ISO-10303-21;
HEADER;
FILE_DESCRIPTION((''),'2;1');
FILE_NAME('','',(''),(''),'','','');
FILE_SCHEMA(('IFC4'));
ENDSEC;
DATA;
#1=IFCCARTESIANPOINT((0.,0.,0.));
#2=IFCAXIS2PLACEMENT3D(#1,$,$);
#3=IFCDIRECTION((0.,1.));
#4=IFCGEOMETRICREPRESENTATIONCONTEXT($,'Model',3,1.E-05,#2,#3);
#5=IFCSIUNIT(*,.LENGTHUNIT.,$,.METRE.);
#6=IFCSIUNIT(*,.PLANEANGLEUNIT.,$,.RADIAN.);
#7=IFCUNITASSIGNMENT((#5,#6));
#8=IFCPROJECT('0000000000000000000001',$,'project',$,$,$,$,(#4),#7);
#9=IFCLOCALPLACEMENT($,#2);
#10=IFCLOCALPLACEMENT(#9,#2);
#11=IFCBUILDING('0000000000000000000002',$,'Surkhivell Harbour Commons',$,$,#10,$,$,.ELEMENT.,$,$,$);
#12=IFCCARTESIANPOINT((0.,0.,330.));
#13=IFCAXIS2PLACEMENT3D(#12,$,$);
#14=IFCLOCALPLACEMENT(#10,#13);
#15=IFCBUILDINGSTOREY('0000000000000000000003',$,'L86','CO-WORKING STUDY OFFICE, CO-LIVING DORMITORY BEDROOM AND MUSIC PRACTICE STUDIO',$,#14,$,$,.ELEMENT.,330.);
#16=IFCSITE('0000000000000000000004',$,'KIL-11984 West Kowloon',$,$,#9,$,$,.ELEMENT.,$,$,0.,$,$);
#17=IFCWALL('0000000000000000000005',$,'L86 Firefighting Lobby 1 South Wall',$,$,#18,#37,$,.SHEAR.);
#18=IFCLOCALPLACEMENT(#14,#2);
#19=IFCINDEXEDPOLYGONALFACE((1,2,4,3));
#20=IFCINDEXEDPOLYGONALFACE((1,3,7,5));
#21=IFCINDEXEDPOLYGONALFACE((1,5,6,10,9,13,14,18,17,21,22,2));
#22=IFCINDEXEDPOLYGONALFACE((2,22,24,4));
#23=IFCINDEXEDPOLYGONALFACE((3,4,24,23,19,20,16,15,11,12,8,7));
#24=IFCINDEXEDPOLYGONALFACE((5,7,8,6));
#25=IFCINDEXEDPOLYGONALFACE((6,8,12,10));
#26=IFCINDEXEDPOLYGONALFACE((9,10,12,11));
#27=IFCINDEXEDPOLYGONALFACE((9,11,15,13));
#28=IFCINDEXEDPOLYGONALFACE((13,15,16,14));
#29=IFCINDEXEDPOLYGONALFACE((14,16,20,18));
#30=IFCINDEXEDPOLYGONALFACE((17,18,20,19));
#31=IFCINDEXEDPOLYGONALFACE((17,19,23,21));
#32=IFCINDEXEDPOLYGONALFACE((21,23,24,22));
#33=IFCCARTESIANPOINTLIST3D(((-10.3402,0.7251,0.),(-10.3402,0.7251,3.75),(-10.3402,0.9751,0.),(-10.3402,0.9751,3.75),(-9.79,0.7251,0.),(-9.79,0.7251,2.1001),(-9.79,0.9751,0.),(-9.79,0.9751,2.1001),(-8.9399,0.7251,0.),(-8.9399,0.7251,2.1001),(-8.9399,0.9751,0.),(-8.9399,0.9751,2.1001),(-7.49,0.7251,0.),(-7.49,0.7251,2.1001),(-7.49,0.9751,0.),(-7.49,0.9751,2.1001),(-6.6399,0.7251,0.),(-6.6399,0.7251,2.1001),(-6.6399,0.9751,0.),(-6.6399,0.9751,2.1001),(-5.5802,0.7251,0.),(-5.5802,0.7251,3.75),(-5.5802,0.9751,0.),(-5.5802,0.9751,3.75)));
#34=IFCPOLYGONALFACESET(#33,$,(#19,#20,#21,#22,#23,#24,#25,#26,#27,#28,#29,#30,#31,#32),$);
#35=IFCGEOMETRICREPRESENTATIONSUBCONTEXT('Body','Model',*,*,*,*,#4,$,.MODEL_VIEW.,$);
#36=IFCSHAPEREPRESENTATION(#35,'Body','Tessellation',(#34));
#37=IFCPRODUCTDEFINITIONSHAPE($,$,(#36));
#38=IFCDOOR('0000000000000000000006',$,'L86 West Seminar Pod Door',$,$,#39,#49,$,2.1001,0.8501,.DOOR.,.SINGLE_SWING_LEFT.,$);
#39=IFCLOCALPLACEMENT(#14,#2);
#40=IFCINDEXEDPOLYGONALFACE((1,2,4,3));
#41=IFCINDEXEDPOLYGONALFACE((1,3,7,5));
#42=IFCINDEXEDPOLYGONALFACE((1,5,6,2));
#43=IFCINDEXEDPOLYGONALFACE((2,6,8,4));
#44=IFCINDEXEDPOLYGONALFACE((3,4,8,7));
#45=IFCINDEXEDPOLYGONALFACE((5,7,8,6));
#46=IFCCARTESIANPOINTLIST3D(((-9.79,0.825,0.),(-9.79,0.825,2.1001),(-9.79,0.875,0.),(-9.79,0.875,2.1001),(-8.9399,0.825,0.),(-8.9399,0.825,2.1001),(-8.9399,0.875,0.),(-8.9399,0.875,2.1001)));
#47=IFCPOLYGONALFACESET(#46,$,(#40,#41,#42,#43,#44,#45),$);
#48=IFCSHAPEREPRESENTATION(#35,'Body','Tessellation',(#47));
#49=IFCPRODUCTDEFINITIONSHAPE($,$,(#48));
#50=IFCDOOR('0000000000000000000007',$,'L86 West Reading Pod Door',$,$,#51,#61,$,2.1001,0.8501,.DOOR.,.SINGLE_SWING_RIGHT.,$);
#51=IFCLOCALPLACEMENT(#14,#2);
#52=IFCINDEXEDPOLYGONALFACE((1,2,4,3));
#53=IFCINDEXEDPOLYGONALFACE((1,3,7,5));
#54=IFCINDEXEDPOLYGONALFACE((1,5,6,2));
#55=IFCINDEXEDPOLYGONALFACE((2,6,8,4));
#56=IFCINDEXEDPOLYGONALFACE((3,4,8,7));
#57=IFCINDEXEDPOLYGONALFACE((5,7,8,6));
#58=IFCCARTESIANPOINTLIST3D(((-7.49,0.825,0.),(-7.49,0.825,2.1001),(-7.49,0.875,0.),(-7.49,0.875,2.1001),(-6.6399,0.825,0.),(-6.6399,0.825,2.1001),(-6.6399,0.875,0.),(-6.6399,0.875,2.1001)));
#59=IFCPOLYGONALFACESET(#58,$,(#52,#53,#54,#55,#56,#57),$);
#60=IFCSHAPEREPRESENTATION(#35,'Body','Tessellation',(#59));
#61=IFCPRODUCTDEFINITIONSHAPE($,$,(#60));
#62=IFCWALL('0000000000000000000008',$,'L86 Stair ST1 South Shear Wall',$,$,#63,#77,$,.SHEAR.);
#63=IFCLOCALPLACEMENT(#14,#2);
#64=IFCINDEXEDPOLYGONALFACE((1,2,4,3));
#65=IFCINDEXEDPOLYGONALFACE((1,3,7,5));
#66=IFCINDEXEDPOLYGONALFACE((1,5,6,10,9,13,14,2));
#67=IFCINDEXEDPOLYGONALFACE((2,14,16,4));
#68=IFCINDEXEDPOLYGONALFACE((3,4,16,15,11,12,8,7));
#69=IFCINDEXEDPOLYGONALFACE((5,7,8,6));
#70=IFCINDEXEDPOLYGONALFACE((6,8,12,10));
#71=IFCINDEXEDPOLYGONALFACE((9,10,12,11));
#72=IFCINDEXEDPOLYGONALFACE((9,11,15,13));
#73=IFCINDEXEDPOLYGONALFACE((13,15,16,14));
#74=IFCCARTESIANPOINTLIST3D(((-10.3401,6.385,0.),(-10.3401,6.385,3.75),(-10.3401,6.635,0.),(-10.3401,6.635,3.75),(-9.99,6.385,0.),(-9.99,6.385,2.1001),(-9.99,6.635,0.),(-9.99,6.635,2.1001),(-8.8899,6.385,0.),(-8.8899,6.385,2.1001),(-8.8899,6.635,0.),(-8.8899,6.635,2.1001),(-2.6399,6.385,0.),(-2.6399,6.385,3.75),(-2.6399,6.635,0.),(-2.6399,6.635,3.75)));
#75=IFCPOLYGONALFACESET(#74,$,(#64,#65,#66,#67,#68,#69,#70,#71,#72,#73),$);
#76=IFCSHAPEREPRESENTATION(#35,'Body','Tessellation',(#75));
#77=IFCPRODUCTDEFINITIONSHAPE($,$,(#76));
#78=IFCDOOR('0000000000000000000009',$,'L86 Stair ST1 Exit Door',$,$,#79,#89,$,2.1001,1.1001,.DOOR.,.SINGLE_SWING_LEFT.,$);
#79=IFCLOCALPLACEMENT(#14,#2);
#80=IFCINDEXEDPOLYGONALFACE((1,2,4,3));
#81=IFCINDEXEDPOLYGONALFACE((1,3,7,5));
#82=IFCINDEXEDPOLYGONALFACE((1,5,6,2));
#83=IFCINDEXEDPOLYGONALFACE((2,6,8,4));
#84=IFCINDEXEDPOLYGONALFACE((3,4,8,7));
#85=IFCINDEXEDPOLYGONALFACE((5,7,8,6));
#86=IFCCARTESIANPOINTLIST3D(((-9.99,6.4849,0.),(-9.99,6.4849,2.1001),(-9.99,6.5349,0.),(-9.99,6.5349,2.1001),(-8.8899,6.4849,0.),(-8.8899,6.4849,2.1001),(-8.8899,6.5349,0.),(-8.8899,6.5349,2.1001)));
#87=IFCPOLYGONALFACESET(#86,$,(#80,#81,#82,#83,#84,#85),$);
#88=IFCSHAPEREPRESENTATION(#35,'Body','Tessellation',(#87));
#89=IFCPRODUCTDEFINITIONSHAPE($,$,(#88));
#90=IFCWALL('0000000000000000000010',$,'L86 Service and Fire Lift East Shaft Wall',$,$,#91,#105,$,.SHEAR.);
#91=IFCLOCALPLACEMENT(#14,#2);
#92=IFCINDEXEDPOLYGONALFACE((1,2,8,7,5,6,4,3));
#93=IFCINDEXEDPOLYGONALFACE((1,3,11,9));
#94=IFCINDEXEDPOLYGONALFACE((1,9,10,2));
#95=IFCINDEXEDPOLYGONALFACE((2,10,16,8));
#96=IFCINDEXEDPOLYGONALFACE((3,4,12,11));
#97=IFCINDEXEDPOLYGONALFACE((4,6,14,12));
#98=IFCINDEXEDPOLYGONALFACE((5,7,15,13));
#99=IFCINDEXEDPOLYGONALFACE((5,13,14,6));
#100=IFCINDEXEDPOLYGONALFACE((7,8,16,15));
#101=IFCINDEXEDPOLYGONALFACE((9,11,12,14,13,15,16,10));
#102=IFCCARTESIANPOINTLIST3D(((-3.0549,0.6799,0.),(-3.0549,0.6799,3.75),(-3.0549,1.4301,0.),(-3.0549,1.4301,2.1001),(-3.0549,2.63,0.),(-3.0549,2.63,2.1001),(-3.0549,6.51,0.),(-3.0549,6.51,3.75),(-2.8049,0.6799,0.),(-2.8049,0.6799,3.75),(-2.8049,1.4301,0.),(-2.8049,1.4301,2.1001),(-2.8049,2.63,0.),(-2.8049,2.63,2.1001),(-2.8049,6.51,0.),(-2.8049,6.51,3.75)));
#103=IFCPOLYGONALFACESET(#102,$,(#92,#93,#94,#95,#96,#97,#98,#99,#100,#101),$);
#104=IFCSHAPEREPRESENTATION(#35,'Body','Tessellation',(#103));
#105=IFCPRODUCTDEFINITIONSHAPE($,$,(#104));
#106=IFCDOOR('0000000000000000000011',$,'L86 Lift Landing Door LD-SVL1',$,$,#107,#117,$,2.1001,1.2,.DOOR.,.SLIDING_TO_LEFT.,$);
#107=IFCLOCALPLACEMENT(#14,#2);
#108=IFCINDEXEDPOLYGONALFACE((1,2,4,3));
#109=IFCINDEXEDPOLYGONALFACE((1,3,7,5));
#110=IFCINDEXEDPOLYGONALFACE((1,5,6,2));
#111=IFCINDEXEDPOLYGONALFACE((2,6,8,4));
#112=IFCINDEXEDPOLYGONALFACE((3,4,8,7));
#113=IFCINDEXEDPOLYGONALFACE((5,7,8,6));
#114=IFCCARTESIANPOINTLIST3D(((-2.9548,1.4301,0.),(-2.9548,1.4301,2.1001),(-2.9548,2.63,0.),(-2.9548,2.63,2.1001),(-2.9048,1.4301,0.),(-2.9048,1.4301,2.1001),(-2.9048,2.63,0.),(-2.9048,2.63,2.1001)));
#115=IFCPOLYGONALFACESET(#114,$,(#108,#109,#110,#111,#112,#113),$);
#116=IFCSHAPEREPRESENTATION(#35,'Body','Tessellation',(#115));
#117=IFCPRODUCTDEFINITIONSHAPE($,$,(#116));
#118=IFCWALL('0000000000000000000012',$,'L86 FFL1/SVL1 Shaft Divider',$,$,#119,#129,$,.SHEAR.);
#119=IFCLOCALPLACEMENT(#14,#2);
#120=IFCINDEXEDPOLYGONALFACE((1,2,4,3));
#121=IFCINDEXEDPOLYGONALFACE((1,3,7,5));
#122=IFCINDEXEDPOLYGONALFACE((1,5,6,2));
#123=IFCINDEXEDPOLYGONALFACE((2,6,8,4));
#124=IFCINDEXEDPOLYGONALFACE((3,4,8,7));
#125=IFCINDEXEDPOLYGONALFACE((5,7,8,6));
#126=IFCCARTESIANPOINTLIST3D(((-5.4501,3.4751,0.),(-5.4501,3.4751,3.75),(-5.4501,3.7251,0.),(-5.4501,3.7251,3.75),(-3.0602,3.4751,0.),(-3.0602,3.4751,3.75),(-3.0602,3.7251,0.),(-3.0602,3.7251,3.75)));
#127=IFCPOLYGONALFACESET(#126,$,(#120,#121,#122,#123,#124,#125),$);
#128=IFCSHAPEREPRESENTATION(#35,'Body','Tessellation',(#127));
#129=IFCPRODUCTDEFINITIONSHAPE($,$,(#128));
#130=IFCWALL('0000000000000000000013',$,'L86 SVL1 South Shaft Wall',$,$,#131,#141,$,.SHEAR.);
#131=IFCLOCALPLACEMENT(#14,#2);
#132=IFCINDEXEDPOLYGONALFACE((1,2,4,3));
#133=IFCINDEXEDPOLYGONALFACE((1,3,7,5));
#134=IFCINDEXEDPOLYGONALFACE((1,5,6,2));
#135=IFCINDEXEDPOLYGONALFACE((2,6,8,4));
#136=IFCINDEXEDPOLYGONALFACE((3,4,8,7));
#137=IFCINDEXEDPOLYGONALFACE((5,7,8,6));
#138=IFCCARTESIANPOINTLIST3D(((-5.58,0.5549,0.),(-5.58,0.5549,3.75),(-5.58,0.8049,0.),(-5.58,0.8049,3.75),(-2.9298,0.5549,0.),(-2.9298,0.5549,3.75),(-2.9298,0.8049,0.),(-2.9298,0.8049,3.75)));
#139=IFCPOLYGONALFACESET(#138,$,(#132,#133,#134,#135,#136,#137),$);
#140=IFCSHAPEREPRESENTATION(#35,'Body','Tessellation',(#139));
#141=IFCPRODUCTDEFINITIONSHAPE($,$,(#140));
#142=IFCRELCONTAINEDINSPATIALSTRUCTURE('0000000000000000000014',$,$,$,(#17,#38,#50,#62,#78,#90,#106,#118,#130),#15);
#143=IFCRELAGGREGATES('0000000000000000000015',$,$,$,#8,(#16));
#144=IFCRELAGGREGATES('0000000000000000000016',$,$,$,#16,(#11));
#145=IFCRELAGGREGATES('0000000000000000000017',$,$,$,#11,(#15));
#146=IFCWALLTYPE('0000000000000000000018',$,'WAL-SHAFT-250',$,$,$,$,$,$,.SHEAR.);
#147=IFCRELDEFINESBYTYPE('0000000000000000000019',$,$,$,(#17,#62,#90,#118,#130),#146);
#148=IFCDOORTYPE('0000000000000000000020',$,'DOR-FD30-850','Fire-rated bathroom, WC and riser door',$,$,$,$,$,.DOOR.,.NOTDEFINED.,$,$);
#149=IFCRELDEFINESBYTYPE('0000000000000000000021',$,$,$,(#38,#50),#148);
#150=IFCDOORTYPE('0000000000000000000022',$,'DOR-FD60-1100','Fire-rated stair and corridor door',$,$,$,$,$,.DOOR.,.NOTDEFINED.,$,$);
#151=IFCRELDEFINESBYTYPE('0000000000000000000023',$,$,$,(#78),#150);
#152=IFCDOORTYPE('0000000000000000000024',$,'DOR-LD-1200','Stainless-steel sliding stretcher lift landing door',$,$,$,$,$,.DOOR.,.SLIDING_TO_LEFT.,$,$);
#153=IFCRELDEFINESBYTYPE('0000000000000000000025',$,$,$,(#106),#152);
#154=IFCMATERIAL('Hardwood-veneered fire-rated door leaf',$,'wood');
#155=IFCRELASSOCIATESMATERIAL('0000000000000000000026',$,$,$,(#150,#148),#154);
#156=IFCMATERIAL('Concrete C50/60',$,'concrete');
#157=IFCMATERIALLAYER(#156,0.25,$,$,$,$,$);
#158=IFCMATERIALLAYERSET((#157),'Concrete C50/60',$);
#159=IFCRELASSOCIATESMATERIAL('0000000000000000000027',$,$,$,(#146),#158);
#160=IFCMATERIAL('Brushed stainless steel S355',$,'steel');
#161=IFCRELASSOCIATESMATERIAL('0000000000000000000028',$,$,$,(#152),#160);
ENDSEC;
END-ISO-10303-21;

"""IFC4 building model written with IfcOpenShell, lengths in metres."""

from ifc_helpers import new_model, si_unit, direction, frame, frame_2d, origin, place, context, subcontext, project, spatial, rectangle, extrude, material, layer, layer_set, type_object, element, fill, save


model = new_model("IFC4")

# Units and contexts
model_context = context("Model", 3, precision=1e-05, world=origin(), true_north=direction((0.0, 1.0)))
body_context = subcontext(model_context, "Body", "Model", "MODEL_VIEW")
ifc_project = project(units=[si_unit("LENGTHUNIT", "METRE"), si_unit("PLANEANGLEUNIT", "RADIAN")], contexts=[model_context])

# Site, building, storey
site_placement = place(None, origin())
site = spatial("IfcSite", under=ifc_project, at=site_placement, Name="KIL-11984 West Kowloon", CompositionType="ELEMENT", RefElevation=0.0)
building_placement = place(site_placement, origin())
building = spatial("IfcBuilding", under=site, at=building_placement, Name="Surkhivell Harbour Commons", CompositionType="ELEMENT")
storey_placement = place(building_placement, frame((0.0, 0.0, 330.0)))
storey = spatial("IfcBuildingStorey", under=building, at=storey_placement, Name="L86", Description="CO-WORKING STUDY OFFICE, CO-LIVING DORMITORY BEDROOM AND MUSIC PRACTICE STUDIO", CompositionType="ELEMENT", Elevation=330.0)

# Shared definitions
ifc_material_1 = material(Name="Concrete C50/60", Category="concrete")

# Shared definitions
ifc_material_2 = material(Name="Hardwood-veneered fire-rated door leaf", Category="wood")
door_type_1 = type_object("IfcDoorType", Name="DOR-FD60-1100", Description="Fire-rated stair and corridor door", OperationType="NOTDEFINED", PredefinedType="DOOR", material=ifc_material_2)

# Shared definitions
ifc_layer_1 = layer(ifc_material_1, 0.25)
ifc_layer_set_1 = layer_set([ifc_layer_1], Name="Concrete C50/60")
wall_type_1 = type_object("IfcWallType", Name="WAL-SHAFT-250", PredefinedType="SHEAR", material=ifc_layer_set_1)
ifc_material_3 = material(Name="Brushed stainless steel S355", Category="steel")

# Wall, openings, doors
wall_1_placement = place(storey_placement, frame((-10.3401, 0.8501, 0.0), z_axis=(0.0, 0.0, 1.0), x_axis=(1.0, 0.0, 0.0)))
wall_1 = element("IfcWall", 1, at=wall_1_placement, inside=storey, type_object=wall_type_1, Name="L86 Firefighting Lobby 1 South Wall", PredefinedType="SHEAR", context=body_context, shape_type="SweptSolid", body=[
    extrude(rectangle(XDim=4.76, YDim=0.25, at=frame_2d((2.3799, 0.0))), origin(), (0.0, 0.0, 1.0), 3.75),
])
opening_1_placement = place(wall_1_placement, frame((0.55, 0.0, 0.0)))
opening_1 = element("IfcOpeningElement", 2, at=opening_1_placement, cuts=wall_1, PredefinedType="OPENING", context=body_context, shape_type="SweptSolid", body=[
    extrude(rectangle(XDim=0.8501, YDim=2.1001, at=frame_2d((0.425, 1.05))), frame((0.0, 0.135, 0.0), z_axis=(0.0, -1.0, 0.0), x_axis=(1.0, 0.0, 0.0)), (0.0, 0.0, 1.0), 0.27),
])
opening_2_placement = place(wall_1_placement, frame((2.8501, 0.0, 0.0)))
opening_2 = element("IfcOpeningElement", 3, at=opening_2_placement, cuts=wall_1, PredefinedType="OPENING", context=body_context, shape_type="SweptSolid", body=[
    extrude(rectangle(XDim=0.8501, YDim=2.1001, at=frame_2d((0.425, 1.05))), frame((0.0, 0.135, 0.0), z_axis=(0.0, -1.0, 0.0), x_axis=(1.0, 0.0, 0.0)), (0.0, 0.0, 1.0), 0.27),
])
door_type_2 = type_object("IfcDoorType", Name="DOR-FD30-850", Description="Fire-rated bathroom, WC and riser door", OperationType="NOTDEFINED", PredefinedType="DOOR", material=ifc_material_2)
door_1_placement = place(opening_1_placement, origin())
door_1 = element("IfcDoor", 4, at=door_1_placement, inside=storey, type_object=door_type_2, Name="L86 West Seminar Pod Door", OperationType="SINGLE_SWING_LEFT", OverallHeight=2.1001, OverallWidth=0.8501, PredefinedType="DOOR", context=body_context, shape_type="SweptSolid", body=[
    extrude(rectangle(XDim=0.8501, YDim=2.1001, at=frame_2d((0.425, 1.05))), frame((0.0, 0.0249, 0.0), z_axis=(0.0, -1.0, 0.0), x_axis=(1.0, 0.0, 0.0)), (0.0, 0.0, 1.0), 0.05),
])
fill(opening_1, door_1)
door_2_placement = place(opening_2_placement, origin())
door_2 = element("IfcDoor", 5, at=door_2_placement, inside=storey, type_object=door_type_2, Name="L86 West Reading Pod Door", OperationType="SINGLE_SWING_RIGHT", OverallHeight=2.1001, OverallWidth=0.8501, PredefinedType="DOOR", context=body_context, shape_type="SweptSolid", body=[
    extrude(rectangle(XDim=0.8501, YDim=2.1001, at=frame_2d((0.425, 1.05))), frame((0.0, 0.0249, 0.0), z_axis=(0.0, -1.0, 0.0), x_axis=(1.0, 0.0, 0.0)), (0.0, 0.0, 1.0), 0.05),
])
fill(opening_2, door_2)

# Walls, openings, doors
wall_2_placement = place(storey_placement, frame((-10.3401, 6.51, 0.0), z_axis=(0.0, 0.0, 1.0), x_axis=(1.0, 0.0, 0.0)))
wall_2 = element("IfcWall", 6, at=wall_2_placement, inside=storey, type_object=wall_type_1, Name="L86 Stair ST1 South Shear Wall", PredefinedType="SHEAR", context=body_context, shape_type="SweptSolid", body=[
    extrude(rectangle(XDim=7.7002, YDim=0.25, at=frame_2d((3.8501, 0.0))), origin(), (0.0, 0.0, 1.0), 3.75),
])
opening_3_placement = place(wall_2_placement, frame((0.3501, 0.0, 0.0)))
opening_3 = element("IfcOpeningElement", 7, at=opening_3_placement, cuts=wall_2, PredefinedType="OPENING", context=body_context, shape_type="SweptSolid", body=[
    extrude(rectangle(XDim=1.1001, YDim=2.1001, at=frame_2d((0.55, 1.05))), frame((0.0, 0.135, 0.0), z_axis=(0.0, -1.0, 0.0), x_axis=(1.0, 0.0, 0.0)), (0.0, 0.0, 1.0), 0.27),
])
door_3_placement = place(opening_3_placement, origin())
door_3 = element("IfcDoor", 8, at=door_3_placement, inside=storey, type_object=door_type_1, Name="L86 Stair ST1 Exit Door", OperationType="SINGLE_SWING_LEFT", OverallHeight=2.1001, OverallWidth=1.1001, PredefinedType="DOOR", context=body_context, shape_type="SweptSolid", body=[
    extrude(rectangle(XDim=1.1001, YDim=2.1001, at=frame_2d((0.55, 1.05))), frame((0.0, 0.0249, 0.0), z_axis=(0.0, -1.0, 0.0), x_axis=(1.0, 0.0, 0.0)), (0.0, 0.0, 1.0), 0.05),
])
fill(opening_3, door_3)
wall_3_placement = place(storey_placement, frame((-2.9299, 0.6799, 0.0), z_axis=(0.0, 0.0, 1.0), x_axis=(0.0, 1.0, 0.0)))
wall_3 = element("IfcWall", 9, at=wall_3_placement, inside=storey, type_object=wall_type_1, Name="L86 Service and Fire Lift East Shaft Wall", PredefinedType="SHEAR", context=body_context, shape_type="SweptSolid", body=[
    extrude(rectangle(XDim=5.8301, YDim=0.25, at=frame_2d((2.915, 0.0))), origin(), (0.0, 0.0, 1.0), 3.75),
])
opening_4_placement = place(wall_3_placement, frame((0.75, 0.0, 0.0)))
opening_4 = element("IfcOpeningElement", 10, at=opening_4_placement, cuts=wall_3, PredefinedType="OPENING", context=body_context, shape_type="SweptSolid", body=[
    extrude(rectangle(XDim=1.2, YDim=2.1001, at=frame_2d((0.6001, 1.05))), frame((0.0, 0.135, 0.0), z_axis=(0.0, -1.0, 0.0), x_axis=(1.0, 0.0, 0.0)), (0.0, 0.0, 1.0), 0.27),
])
door_type_3 = type_object("IfcDoorType", Name="DOR-LD-1200", Description="Stainless-steel sliding stretcher lift landing door", OperationType="SLIDING_TO_LEFT", PredefinedType="DOOR", material=ifc_material_3)
door_4_placement = place(opening_4_placement, origin())
door_4 = element("IfcDoor", 11, at=door_4_placement, inside=storey, type_object=door_type_3, Name="L86 Lift Landing Door LD-SVL1", OperationType="SLIDING_TO_LEFT", OverallHeight=2.1001, OverallWidth=1.2, PredefinedType="DOOR", context=body_context, shape_type="SweptSolid", body=[
    extrude(rectangle(XDim=1.2, YDim=2.1001, at=frame_2d((0.6001, 1.05))), frame((0.0, 0.0249, 0.0), z_axis=(0.0, -1.0, 0.0), x_axis=(1.0, 0.0, 0.0)), (0.0, 0.0, 1.0), 0.05),
])
fill(opening_4, door_4)

# Walls
wall_4_placement = place(storey_placement, frame((-5.45, 3.6001, 0.0), z_axis=(0.0, 0.0, 1.0), x_axis=(1.0, 0.0, 0.0)))
element("IfcWall", 12, at=wall_4_placement, inside=storey, type_object=wall_type_1, Name="L86 FFL1/SVL1 Shaft Divider", PredefinedType="SHEAR", context=body_context, shape_type="SweptSolid", body=[
    extrude(rectangle(XDim=2.3899, YDim=0.25, at=frame_2d((1.1948, 0.0))), origin(), (0.0, 0.0, 1.0), 3.75),
])
wall_5_placement = place(storey_placement, frame((-5.5801, 0.6799, 0.0), z_axis=(0.0, 0.0, 1.0), x_axis=(1.0, 0.0, 0.0)))
element("IfcWall", 13, at=wall_5_placement, inside=storey, type_object=wall_type_1, Name="L86 SVL1 South Shaft Wall", PredefinedType="SHEAR", context=body_context, shape_type="SweptSolid", body=[
    extrude(rectangle(XDim=2.6501, YDim=0.25, at=frame_2d((1.3252, 0.0))), origin(), (0.0, 0.0, 1.0), 3.75),
])

save(model, "model.ifc")
